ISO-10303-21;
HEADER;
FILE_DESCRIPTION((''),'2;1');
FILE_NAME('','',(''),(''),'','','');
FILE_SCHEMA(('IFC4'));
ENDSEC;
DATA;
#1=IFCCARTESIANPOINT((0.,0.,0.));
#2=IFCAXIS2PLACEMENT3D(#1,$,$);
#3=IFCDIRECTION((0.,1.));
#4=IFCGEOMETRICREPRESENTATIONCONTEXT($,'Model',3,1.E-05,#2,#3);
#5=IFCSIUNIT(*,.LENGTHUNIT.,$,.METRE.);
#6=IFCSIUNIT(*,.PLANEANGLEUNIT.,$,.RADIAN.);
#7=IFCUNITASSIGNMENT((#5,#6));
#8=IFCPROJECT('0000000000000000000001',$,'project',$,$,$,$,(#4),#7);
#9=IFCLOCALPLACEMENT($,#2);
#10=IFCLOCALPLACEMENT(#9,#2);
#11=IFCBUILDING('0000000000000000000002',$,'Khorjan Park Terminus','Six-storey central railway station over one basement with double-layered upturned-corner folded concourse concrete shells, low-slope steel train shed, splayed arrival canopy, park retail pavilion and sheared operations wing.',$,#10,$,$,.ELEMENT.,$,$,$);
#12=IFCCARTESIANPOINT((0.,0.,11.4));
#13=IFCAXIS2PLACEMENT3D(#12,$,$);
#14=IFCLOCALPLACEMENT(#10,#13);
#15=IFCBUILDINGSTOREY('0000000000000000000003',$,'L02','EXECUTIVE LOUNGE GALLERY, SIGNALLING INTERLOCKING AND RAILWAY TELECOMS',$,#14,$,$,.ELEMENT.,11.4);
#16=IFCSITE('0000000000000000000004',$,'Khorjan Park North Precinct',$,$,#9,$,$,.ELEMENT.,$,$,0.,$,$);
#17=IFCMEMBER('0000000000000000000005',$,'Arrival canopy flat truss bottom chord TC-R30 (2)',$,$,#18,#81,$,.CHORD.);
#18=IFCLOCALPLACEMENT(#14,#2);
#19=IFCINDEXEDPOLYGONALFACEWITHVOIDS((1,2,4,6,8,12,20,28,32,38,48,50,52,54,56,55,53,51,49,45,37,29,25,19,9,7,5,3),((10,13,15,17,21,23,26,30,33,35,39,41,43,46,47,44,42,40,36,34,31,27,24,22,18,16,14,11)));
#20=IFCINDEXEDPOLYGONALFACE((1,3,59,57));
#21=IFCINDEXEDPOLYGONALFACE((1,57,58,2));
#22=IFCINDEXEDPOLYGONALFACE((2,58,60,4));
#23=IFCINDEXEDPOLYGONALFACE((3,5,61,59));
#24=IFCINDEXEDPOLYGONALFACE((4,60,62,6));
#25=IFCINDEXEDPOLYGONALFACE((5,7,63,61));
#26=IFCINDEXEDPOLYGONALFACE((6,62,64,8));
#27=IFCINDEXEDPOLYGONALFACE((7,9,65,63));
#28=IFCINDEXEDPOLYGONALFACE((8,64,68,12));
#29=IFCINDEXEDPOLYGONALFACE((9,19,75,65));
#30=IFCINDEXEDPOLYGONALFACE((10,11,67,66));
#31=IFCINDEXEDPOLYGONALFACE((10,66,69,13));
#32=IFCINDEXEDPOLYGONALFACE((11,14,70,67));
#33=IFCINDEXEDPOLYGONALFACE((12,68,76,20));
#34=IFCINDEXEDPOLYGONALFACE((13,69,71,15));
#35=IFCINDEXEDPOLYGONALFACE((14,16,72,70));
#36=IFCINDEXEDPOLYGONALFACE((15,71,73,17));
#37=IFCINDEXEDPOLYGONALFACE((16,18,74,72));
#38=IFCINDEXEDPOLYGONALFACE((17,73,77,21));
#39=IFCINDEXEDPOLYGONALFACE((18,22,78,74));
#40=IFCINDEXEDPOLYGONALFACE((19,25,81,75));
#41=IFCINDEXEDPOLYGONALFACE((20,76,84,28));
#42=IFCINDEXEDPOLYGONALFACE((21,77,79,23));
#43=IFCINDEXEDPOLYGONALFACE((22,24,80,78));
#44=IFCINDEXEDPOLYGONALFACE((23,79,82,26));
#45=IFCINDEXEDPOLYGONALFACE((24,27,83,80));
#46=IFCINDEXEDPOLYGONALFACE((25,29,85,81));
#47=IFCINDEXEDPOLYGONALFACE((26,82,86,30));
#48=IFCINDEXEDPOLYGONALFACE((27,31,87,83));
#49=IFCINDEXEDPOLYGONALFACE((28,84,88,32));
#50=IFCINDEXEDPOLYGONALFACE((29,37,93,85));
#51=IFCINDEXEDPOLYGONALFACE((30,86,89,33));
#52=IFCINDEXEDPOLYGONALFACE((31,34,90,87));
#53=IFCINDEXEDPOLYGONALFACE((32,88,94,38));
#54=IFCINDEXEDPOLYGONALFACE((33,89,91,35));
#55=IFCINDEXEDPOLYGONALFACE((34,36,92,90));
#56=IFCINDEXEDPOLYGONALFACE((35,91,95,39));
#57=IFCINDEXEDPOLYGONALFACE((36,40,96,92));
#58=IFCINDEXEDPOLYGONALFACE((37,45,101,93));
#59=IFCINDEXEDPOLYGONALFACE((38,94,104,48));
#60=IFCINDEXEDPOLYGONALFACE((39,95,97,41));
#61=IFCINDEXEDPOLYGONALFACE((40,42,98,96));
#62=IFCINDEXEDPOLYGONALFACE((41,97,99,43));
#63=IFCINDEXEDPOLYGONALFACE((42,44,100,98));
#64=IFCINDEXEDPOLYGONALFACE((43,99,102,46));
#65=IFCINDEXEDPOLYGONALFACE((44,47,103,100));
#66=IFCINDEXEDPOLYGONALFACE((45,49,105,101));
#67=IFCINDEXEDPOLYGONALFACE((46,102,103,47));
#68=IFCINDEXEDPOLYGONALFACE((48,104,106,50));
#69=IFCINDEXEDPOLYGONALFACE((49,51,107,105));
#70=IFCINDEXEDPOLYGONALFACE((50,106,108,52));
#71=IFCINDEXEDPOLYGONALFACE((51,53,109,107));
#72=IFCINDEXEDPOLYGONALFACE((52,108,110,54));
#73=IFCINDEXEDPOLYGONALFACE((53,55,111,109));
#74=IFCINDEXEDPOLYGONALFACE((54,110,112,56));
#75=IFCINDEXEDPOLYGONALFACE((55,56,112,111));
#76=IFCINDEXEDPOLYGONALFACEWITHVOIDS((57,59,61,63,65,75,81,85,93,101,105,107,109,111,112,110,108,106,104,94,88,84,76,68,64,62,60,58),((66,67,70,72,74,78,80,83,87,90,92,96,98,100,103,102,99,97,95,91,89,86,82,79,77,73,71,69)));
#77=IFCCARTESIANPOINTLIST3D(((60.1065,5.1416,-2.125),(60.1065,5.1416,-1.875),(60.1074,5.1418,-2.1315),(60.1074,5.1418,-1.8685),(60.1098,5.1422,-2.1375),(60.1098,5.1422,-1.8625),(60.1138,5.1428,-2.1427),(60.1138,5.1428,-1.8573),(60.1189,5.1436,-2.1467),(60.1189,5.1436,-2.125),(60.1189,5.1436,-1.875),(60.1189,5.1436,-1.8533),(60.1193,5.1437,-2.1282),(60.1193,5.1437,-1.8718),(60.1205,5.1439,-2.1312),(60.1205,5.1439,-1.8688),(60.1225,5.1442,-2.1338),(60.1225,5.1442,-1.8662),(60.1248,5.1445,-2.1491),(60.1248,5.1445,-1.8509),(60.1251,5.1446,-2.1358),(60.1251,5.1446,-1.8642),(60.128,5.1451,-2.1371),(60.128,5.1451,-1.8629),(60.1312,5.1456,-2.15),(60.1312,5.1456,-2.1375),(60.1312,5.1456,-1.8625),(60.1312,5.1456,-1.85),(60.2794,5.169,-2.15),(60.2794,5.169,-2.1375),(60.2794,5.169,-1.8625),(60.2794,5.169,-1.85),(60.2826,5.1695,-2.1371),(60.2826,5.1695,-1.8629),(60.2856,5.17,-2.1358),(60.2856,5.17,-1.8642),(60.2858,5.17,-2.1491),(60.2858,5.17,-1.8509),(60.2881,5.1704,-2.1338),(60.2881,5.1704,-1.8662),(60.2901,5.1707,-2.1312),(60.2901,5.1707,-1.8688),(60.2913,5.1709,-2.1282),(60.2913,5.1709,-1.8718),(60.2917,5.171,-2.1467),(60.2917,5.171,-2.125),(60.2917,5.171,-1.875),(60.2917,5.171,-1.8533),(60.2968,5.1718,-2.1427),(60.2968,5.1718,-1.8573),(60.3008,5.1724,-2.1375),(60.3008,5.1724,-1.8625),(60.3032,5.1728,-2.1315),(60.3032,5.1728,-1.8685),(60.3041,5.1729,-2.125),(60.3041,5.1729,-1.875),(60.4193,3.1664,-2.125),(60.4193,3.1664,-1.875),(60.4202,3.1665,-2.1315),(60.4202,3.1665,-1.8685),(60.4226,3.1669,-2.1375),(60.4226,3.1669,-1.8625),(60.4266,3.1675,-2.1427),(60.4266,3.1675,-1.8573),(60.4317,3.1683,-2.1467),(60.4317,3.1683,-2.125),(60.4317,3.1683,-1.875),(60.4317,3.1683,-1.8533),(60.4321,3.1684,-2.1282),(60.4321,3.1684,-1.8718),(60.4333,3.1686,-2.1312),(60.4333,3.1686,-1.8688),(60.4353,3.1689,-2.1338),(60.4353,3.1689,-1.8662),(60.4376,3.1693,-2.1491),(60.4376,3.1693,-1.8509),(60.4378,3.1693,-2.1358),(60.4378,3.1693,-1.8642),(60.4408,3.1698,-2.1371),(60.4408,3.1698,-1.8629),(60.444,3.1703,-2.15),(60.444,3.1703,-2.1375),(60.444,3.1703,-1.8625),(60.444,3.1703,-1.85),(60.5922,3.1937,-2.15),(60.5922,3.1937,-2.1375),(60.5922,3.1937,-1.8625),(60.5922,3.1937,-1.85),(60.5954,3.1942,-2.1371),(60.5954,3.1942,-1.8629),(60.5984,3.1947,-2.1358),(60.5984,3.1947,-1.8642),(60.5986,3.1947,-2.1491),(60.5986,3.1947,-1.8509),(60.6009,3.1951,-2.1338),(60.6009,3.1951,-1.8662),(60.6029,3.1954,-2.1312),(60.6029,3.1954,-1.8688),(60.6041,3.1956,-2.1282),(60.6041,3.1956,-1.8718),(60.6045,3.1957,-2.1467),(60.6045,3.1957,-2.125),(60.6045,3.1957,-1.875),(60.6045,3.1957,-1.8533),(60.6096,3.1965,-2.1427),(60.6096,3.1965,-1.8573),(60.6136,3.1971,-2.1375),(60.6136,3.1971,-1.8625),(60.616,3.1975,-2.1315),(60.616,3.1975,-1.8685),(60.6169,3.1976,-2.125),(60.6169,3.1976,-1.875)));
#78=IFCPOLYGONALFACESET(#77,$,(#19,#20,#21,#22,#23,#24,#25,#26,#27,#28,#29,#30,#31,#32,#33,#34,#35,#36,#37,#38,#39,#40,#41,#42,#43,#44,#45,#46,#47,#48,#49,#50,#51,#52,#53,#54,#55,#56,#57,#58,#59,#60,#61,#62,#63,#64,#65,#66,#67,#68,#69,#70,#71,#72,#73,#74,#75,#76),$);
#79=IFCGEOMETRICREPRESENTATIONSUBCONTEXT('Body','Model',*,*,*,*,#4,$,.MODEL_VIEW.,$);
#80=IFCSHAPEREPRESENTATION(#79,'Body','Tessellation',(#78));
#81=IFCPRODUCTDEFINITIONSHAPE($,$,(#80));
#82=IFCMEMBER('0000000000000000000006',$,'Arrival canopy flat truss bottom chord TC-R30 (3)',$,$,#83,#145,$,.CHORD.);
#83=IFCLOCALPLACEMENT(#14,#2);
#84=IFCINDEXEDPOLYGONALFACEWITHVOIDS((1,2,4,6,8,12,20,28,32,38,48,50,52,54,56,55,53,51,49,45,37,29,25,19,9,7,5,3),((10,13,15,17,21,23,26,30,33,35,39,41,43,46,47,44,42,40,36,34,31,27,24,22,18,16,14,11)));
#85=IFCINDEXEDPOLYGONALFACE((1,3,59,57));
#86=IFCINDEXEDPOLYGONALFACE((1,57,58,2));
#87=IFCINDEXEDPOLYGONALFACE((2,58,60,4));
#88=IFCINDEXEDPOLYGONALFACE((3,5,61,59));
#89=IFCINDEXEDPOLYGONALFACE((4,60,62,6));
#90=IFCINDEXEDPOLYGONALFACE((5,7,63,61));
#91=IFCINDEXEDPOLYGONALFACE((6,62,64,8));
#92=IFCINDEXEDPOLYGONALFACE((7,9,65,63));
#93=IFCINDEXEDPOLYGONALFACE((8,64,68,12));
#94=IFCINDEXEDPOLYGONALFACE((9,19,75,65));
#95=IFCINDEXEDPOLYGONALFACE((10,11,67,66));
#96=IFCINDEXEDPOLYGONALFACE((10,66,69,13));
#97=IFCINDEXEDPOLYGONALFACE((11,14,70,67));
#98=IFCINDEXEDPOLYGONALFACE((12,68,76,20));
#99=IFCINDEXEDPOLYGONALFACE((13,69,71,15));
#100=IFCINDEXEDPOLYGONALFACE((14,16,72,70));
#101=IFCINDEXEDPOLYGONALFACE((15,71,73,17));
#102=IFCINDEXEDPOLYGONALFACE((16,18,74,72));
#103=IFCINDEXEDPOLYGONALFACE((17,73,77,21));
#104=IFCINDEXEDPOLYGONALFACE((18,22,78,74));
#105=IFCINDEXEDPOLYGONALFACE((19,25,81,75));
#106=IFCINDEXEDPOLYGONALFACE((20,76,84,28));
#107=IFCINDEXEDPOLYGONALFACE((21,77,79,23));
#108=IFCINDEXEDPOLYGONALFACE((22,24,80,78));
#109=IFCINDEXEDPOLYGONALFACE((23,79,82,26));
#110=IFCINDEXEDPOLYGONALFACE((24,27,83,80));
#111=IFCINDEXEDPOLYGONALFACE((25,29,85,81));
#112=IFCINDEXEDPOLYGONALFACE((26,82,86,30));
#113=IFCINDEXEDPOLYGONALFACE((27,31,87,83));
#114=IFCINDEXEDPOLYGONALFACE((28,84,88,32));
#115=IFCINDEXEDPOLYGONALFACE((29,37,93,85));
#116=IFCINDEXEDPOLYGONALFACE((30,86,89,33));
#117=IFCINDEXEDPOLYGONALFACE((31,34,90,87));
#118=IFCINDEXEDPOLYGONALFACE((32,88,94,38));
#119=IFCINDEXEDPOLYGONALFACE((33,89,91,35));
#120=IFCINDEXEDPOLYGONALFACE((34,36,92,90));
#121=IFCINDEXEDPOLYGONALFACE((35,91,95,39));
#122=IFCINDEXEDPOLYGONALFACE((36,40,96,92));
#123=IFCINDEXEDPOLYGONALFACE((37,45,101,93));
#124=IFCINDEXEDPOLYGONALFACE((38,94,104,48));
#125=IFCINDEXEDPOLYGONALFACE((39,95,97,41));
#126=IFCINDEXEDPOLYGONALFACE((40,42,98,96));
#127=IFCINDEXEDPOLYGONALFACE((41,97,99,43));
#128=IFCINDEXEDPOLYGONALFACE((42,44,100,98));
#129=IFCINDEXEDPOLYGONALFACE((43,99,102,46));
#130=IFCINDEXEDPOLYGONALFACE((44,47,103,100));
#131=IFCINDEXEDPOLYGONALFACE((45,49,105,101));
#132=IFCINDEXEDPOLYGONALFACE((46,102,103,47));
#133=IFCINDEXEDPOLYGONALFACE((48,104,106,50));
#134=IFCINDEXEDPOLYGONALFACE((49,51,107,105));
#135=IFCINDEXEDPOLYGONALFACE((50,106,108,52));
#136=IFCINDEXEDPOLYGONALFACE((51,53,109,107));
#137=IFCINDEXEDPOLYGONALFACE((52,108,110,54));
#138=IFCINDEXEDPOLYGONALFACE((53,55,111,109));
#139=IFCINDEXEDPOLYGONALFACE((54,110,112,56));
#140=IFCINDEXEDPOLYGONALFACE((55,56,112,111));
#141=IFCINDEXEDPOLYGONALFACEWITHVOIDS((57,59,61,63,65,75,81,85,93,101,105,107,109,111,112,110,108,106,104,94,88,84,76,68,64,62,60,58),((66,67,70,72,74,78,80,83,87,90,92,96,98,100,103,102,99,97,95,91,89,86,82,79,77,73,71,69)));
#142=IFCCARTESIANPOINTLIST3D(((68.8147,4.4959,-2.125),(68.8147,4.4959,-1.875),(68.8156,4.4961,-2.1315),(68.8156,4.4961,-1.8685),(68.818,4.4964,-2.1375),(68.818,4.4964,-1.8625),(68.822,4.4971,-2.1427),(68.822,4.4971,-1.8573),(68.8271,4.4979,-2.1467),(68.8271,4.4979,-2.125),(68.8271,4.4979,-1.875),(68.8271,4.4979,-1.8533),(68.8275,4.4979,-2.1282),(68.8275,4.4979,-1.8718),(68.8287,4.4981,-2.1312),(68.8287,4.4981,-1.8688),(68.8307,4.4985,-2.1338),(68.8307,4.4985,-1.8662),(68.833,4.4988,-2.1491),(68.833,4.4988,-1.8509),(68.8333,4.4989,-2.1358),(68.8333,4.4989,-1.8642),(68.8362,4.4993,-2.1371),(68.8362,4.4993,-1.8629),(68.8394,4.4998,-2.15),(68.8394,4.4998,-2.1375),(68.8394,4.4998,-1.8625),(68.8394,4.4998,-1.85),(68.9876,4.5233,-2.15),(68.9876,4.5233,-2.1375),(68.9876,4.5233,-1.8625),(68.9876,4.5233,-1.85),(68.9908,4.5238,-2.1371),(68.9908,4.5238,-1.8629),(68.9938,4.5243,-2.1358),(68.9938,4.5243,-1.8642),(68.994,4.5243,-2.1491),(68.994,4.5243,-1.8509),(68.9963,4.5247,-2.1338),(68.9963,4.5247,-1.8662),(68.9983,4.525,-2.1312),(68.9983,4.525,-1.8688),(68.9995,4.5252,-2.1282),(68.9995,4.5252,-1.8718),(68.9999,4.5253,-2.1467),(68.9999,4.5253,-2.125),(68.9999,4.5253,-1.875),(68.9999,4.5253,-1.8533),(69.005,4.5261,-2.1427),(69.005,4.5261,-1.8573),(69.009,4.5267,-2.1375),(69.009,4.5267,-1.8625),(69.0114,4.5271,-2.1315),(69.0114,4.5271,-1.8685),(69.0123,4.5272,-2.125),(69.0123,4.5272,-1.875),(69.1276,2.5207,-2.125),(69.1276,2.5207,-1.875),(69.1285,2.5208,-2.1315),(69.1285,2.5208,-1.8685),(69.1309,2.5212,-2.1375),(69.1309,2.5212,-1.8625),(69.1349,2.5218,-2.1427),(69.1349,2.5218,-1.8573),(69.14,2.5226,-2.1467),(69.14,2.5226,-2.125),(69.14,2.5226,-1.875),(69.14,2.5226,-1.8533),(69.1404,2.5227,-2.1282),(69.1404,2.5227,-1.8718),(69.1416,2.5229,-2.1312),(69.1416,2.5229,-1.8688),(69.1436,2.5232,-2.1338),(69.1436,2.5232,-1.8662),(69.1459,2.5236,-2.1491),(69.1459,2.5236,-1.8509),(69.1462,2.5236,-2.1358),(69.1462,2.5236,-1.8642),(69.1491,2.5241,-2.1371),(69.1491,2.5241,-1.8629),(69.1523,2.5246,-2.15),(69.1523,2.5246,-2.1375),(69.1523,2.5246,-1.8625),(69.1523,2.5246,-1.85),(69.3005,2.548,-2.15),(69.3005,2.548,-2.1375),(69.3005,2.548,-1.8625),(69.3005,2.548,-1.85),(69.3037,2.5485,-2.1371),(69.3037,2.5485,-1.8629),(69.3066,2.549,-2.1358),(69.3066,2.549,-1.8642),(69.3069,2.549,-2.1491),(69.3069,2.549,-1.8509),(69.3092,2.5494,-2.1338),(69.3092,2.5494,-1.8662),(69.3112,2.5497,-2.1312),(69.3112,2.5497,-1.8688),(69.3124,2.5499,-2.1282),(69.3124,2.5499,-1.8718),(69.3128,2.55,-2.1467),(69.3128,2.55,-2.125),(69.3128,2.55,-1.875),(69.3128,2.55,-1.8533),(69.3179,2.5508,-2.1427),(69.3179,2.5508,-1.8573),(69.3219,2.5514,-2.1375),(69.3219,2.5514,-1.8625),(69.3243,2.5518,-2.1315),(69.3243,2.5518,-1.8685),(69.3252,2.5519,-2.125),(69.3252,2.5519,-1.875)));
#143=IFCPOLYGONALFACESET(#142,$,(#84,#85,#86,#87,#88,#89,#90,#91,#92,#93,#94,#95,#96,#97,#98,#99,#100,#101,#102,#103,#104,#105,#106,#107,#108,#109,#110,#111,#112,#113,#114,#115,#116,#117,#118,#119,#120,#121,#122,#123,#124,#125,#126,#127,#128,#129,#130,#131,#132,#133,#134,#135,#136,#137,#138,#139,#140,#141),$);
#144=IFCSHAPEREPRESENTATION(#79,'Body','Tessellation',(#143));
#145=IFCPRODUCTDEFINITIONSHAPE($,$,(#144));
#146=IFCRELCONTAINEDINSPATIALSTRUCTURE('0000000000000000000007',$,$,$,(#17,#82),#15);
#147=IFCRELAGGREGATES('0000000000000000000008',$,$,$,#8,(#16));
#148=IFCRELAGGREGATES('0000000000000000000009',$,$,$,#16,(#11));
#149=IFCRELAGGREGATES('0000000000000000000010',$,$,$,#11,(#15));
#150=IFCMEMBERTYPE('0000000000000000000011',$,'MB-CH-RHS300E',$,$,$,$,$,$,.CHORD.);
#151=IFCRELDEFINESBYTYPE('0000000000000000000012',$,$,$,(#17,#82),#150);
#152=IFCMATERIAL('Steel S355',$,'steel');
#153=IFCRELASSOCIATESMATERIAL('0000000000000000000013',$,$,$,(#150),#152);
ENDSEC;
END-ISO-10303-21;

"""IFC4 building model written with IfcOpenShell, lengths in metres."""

from ifc_helpers import new_model, si_unit, direction, frame, origin, origin_2d, place, context, subcontext, project, spatial, hollow_rectangle, extrude, material, material_profile, profile_set, type_object, element, save


model = new_model("IFC4")

# Units and contexts
model_context = context("Model", 3, precision=1e-05, world=origin(), true_north=direction((0.0, 1.0)))
body_context = subcontext(model_context, "Body", "Model", "MODEL_VIEW")
ifc_project = project(units=[si_unit("LENGTHUNIT", "METRE"), si_unit("PLANEANGLEUNIT", "RADIAN")], contexts=[model_context])

# Site, building, storey
site_placement = place(None, origin())
site = spatial("IfcSite", under=ifc_project, at=site_placement, Name="Khorjan Park North Precinct", CompositionType="ELEMENT", RefElevation=0.0)
building_placement = place(site_placement, origin())
building = spatial("IfcBuilding", under=site, at=building_placement, Name="Khorjan Park Terminus", Description="Six-storey central railway station over one basement with double-layered upturned-corner folded concourse concrete shells, low-slope steel train shed, splayed arrival canopy, park retail pavilion and sheared operations wing.", CompositionType="ELEMENT")
storey_placement = place(building_placement, frame((0.0, 0.0, 11.4)))
storey = spatial("IfcBuildingStorey", under=building, at=storey_placement, Name="L02", Description="EXECUTIVE LOUNGE GALLERY, SIGNALLING INTERLOCKING AND RAILWAY TELECOMS", CompositionType="ELEMENT", Elevation=11.4)

# Members
ifc_material_1 = material(Name="Steel S355", Category="steel")
ifc_material_profile_1 = material_profile(ifc_material_1, hollow_rectangle(XDim=0.2, YDim=0.3, WallThickness=0.0125, InnerFilletRadius=0.0125, OuterFilletRadius=0.025, at=origin_2d()), Name="RHS 300x200x12.5")
ifc_profile_set_1 = profile_set([ifc_material_profile_1], Name="Steel S355")
member_type_1 = type_object("IfcMemberType", Name="MB-CH-RHS300E", PredefinedType="CHORD", material=ifc_profile_set_1)
for number, where, z_axis, x_axis, name in (
    (1, (60.5181, 3.182, -2.0), (-0.156407, 0.987693, 0.0), (-0.987693, -0.156407, 0.0), "Arrival canopy flat truss bottom chord TC-R30 (2)"),
    (2, (69.2264, 2.5363, -2.0), (-0.156456, 0.987685, 0.0), (-0.987685, -0.156456, 0.0), "Arrival canopy flat truss bottom chord TC-R30 (3)"),
):
    element("IfcMember", number, at=place(storey_placement, frame(where, z_axis=z_axis, x_axis=x_axis)), inside=storey, type_object=member_type_1, Name=name, PredefinedType="CHORD", context=body_context, shape_type="SweptSolid", body=[
        extrude(hollow_rectangle(XDim=0.2, YDim=0.3, WallThickness=0.0125, InnerFilletRadius=0.0125, OuterFilletRadius=0.025, at=origin_2d()), origin(), (0.0, 0.0, 1.0), 1.9999),
    ])

save(model, "model.ifc")
